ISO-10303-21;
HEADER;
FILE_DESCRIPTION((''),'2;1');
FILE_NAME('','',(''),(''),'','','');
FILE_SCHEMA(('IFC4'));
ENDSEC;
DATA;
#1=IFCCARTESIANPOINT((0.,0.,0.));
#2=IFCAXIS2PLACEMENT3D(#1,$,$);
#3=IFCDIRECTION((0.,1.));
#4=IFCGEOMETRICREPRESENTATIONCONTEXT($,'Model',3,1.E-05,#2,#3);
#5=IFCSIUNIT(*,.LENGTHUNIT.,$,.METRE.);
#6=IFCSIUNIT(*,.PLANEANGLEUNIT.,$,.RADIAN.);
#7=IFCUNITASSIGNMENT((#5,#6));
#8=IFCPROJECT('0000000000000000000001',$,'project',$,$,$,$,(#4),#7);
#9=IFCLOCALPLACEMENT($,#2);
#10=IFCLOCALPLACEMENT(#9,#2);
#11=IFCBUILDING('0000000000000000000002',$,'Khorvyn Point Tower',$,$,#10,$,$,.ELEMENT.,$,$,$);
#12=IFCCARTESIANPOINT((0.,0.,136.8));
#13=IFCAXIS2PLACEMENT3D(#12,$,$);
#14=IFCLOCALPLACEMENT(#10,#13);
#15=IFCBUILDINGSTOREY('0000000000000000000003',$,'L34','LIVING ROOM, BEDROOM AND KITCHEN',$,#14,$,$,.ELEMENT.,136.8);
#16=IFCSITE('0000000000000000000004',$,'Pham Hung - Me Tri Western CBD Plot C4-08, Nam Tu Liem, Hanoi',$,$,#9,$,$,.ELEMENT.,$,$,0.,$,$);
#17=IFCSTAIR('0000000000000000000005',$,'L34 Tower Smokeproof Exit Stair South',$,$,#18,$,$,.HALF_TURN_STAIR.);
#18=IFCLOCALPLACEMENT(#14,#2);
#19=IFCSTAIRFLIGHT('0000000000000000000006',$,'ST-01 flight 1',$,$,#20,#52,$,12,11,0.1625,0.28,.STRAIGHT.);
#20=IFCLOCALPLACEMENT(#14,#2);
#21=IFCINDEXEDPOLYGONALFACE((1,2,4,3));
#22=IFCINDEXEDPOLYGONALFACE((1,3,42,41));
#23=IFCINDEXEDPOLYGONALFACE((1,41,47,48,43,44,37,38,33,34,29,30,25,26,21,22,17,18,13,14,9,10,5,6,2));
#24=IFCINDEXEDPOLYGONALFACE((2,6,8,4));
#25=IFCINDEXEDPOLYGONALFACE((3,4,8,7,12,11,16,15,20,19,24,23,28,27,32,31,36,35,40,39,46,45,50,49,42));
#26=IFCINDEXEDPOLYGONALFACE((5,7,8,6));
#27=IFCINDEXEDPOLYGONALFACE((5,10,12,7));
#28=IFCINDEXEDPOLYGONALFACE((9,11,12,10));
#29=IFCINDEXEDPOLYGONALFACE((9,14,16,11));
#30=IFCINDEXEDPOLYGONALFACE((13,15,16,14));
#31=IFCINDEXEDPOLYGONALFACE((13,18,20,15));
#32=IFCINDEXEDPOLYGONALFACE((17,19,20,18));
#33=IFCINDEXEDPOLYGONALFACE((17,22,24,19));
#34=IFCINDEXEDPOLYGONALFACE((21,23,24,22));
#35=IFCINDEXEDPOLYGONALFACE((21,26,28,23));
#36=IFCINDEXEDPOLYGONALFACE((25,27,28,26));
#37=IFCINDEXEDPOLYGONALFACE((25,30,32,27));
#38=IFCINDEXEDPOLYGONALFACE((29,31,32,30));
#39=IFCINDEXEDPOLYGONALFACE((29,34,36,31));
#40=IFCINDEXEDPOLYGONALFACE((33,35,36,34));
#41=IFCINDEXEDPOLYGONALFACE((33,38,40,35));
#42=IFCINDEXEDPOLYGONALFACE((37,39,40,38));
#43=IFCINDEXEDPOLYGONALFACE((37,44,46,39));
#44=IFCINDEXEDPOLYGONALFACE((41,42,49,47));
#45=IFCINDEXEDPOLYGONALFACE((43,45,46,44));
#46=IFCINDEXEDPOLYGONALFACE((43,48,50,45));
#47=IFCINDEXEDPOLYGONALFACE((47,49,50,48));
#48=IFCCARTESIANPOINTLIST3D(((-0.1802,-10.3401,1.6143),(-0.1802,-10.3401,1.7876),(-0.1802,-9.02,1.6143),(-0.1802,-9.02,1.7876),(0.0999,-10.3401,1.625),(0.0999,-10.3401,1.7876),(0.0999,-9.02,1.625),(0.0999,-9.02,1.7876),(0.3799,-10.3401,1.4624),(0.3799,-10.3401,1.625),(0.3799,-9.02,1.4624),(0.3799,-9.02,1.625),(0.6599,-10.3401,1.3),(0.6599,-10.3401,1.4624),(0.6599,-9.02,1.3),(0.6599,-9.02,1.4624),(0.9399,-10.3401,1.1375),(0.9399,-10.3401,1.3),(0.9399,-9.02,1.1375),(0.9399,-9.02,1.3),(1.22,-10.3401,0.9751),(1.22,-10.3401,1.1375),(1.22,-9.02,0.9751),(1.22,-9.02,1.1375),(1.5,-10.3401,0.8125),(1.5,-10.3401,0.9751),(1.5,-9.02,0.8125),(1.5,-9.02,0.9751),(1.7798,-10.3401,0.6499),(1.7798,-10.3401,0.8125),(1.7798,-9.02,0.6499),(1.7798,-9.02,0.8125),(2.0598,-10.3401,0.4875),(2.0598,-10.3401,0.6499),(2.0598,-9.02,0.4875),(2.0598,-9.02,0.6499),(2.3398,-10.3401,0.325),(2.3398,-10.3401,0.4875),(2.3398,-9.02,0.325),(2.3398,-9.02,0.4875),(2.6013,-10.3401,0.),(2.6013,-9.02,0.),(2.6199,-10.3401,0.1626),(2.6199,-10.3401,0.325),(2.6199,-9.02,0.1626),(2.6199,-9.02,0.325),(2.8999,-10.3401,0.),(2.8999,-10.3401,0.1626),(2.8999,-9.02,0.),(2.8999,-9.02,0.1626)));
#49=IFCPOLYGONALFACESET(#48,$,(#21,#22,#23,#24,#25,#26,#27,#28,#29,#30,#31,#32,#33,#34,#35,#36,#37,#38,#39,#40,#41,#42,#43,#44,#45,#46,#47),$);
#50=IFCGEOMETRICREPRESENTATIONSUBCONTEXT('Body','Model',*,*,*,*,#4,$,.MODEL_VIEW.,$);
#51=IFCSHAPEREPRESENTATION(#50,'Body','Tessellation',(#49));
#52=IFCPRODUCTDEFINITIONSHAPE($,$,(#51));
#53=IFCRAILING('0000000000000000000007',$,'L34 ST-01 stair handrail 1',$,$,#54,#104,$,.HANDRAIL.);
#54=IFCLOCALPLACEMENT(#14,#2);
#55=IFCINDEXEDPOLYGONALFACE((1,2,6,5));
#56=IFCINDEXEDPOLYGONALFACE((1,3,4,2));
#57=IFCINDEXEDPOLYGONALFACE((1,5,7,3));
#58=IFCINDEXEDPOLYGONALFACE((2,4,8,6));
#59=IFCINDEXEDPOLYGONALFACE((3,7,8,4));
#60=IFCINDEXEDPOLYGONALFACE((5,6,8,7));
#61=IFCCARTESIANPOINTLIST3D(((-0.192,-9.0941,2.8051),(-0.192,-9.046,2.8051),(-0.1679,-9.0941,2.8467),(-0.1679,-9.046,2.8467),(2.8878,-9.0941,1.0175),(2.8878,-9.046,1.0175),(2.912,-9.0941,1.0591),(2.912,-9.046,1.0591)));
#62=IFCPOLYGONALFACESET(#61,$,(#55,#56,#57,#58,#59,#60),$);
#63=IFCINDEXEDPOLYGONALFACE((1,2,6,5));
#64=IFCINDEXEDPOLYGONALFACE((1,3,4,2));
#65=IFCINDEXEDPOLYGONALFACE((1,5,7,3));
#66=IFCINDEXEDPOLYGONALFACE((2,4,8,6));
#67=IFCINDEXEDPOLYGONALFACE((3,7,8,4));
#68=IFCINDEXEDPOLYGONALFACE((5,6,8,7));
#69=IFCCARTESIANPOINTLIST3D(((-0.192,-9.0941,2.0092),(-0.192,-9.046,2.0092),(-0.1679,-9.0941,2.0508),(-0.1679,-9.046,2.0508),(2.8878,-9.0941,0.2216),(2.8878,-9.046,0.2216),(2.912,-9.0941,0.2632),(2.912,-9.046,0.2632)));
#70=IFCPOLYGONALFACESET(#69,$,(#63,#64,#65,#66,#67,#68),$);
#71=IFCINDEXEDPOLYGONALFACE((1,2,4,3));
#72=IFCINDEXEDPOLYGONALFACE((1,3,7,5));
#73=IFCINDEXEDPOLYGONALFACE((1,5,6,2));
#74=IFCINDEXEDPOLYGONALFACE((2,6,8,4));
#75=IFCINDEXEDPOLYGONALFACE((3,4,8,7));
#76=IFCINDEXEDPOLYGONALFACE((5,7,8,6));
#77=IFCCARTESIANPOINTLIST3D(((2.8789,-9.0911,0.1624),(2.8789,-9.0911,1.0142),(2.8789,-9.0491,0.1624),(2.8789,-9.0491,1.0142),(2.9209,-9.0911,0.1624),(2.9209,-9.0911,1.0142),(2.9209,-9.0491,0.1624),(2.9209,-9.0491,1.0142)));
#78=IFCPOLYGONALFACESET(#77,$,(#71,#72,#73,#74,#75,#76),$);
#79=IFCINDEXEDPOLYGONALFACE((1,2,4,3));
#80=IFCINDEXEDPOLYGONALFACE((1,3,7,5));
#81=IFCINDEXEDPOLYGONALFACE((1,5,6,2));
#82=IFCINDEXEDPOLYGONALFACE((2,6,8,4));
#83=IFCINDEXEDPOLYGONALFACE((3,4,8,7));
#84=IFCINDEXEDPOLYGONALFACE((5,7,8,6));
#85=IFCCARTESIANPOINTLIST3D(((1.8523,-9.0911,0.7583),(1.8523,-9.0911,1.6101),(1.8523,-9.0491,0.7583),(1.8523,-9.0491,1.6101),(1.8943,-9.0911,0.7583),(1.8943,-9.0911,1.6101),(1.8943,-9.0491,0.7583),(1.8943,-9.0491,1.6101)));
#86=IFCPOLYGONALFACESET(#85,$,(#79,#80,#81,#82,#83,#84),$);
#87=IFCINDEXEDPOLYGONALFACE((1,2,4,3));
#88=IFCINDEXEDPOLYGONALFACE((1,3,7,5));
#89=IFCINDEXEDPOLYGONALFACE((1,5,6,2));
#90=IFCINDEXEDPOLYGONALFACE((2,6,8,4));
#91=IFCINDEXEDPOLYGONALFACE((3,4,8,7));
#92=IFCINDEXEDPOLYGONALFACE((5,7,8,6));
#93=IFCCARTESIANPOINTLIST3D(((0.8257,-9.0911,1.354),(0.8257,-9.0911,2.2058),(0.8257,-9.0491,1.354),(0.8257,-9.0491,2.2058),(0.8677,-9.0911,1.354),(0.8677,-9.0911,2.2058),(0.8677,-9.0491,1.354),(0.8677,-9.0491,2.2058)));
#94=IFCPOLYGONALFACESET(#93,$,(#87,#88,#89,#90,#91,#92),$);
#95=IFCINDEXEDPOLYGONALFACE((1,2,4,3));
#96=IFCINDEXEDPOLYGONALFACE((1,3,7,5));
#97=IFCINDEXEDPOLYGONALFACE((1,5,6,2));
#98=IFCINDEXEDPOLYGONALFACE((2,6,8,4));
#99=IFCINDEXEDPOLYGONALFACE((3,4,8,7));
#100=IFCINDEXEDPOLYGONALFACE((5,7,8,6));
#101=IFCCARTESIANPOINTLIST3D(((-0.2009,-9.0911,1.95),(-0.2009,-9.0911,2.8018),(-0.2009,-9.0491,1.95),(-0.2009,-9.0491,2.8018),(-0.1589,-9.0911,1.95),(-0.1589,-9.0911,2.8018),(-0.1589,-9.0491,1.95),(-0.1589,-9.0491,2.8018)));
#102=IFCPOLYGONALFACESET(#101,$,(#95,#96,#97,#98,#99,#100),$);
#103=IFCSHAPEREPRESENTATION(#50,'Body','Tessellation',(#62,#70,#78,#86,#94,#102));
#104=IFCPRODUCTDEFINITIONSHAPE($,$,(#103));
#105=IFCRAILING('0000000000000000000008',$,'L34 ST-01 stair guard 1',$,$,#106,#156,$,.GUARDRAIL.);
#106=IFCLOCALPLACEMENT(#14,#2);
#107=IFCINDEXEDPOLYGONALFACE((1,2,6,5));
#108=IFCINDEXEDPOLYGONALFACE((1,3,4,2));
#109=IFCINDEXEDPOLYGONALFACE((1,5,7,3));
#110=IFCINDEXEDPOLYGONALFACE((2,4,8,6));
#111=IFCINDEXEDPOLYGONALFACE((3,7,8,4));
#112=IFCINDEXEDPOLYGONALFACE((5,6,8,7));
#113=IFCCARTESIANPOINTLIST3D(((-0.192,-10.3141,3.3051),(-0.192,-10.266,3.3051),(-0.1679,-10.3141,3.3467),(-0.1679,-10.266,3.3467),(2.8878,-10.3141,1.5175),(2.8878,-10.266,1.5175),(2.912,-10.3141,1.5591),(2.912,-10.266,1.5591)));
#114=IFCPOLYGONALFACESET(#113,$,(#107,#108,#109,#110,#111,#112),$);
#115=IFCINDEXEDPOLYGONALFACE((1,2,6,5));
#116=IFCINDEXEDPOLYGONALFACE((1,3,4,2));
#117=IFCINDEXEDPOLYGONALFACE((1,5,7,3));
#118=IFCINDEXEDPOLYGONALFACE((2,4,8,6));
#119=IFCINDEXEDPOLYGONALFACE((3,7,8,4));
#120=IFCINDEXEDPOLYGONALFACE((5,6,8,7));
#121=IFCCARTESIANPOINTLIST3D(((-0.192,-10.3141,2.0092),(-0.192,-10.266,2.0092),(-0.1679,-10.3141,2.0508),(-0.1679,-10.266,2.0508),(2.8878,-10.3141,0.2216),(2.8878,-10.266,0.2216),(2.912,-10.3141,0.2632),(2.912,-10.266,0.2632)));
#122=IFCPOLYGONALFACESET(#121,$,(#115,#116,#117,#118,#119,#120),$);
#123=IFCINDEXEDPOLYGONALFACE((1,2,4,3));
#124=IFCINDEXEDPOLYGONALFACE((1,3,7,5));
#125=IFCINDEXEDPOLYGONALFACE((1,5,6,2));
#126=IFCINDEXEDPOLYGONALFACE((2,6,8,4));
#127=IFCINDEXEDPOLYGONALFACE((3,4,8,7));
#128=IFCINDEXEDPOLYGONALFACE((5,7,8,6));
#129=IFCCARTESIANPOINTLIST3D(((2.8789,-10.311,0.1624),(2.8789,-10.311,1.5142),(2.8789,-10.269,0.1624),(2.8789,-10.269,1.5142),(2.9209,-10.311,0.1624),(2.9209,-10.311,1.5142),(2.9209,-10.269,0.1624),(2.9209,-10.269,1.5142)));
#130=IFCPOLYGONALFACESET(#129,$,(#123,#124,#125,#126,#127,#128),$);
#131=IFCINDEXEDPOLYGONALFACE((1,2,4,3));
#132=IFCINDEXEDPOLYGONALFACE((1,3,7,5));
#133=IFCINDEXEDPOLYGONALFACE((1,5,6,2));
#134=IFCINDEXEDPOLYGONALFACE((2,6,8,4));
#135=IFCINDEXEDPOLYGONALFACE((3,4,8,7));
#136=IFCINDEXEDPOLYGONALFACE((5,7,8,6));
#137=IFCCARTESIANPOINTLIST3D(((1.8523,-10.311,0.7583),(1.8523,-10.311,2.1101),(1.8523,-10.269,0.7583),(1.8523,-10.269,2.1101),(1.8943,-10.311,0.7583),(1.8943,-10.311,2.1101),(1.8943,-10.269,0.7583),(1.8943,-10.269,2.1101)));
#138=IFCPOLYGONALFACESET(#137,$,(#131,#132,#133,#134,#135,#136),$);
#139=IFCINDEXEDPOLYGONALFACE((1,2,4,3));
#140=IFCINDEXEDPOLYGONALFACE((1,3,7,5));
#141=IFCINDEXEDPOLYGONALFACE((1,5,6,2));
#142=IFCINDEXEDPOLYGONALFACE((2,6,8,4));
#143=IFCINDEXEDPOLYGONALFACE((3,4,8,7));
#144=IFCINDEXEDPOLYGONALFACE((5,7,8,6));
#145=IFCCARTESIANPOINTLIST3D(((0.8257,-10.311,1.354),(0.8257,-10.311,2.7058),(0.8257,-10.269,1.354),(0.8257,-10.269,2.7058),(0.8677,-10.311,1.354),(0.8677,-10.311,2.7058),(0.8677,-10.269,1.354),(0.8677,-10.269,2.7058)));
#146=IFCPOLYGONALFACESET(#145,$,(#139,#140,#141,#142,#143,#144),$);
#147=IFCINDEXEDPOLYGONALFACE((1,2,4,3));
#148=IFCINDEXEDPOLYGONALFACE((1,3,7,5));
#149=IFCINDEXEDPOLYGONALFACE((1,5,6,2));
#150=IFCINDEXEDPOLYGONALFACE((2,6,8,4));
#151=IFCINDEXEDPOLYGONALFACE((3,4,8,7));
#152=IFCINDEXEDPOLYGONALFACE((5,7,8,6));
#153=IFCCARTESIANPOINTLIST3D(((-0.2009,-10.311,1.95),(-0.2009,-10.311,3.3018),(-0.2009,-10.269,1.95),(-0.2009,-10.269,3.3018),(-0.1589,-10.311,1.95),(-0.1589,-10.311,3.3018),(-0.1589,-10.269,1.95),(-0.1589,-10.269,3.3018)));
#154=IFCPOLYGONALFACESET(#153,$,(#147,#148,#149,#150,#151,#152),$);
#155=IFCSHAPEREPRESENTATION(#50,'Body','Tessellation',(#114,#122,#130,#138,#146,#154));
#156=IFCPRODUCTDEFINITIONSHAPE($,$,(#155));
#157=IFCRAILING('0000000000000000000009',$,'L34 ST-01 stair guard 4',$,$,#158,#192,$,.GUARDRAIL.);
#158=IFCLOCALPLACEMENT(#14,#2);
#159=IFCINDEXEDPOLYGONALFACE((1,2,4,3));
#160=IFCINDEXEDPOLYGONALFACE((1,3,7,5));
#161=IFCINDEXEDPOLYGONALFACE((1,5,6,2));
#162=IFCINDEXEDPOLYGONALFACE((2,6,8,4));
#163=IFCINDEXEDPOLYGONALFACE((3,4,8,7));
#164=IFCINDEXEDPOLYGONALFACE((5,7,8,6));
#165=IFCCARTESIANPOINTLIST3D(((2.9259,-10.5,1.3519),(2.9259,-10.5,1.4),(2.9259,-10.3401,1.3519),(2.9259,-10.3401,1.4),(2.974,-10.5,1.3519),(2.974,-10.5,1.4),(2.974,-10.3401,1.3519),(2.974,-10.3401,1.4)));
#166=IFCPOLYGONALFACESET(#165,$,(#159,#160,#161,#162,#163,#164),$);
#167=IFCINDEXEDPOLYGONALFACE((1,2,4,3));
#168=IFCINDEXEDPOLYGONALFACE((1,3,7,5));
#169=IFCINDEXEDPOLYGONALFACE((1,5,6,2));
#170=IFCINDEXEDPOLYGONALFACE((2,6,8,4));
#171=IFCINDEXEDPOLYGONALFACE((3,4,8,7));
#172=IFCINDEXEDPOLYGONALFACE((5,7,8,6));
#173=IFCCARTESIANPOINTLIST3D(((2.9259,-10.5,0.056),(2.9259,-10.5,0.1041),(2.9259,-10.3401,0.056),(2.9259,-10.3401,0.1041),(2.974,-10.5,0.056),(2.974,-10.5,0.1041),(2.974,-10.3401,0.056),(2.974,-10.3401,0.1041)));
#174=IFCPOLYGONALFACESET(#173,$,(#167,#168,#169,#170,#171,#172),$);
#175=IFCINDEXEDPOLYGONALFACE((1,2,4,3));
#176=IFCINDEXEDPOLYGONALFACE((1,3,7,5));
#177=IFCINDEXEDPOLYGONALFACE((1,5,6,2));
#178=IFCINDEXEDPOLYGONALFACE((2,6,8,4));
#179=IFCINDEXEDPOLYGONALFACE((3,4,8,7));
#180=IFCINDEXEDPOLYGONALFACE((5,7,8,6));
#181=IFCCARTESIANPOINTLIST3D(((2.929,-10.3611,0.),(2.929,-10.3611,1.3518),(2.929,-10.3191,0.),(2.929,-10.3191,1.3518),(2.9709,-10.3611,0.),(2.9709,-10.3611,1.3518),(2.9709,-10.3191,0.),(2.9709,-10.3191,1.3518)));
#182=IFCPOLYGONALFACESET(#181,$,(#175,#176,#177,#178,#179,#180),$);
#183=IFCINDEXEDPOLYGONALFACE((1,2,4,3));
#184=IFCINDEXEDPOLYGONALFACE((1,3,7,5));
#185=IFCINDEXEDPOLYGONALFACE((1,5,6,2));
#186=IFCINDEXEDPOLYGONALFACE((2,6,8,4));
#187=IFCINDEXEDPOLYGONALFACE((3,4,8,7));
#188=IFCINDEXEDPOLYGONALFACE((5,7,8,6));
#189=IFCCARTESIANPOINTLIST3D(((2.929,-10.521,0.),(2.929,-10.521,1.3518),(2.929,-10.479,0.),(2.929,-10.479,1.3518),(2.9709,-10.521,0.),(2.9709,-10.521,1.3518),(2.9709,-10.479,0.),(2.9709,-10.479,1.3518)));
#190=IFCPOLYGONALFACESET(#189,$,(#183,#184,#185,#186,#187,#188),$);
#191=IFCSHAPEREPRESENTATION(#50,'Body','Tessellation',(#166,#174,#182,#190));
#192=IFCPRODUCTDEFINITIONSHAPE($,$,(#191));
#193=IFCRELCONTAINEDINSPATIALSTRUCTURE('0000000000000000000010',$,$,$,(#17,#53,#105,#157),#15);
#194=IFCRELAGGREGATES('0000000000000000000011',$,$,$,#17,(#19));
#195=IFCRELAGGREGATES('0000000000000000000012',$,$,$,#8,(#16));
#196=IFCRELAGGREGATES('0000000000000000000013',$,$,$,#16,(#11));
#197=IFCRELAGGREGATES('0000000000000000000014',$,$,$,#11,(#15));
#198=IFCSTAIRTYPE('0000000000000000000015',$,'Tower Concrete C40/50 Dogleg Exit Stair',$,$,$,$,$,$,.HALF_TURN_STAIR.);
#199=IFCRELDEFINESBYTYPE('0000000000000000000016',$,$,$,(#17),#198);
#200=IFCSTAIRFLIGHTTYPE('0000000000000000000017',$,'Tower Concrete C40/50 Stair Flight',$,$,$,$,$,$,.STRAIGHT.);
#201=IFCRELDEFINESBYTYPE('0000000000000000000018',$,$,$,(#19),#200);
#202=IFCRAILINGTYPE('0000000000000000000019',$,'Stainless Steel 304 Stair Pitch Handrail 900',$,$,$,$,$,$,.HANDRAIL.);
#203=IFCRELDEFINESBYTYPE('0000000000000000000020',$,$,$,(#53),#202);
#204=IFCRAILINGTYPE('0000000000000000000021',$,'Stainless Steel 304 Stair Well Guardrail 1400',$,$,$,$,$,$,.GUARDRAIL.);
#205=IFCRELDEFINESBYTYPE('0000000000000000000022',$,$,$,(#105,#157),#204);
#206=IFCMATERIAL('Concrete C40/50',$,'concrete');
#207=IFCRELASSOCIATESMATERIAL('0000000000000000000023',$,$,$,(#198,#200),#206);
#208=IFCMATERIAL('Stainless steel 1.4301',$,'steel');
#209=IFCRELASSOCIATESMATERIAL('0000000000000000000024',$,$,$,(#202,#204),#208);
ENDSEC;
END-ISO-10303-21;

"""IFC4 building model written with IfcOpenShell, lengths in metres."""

from ifc_helpers import new_model, si_unit, direction, frame, origin, origin_2d, place, context, subcontext, project, spatial, polyline, rectangle, outline, extrude, material, type_object, element, aggregate, save


model = new_model("IFC4")

# Units and contexts
model_context = context("Model", 3, precision=1e-05, world=origin(), true_north=direction((0.0, 1.0)))
body_context = subcontext(model_context, "Body", "Model", "MODEL_VIEW")
ifc_project = project(units=[si_unit("LENGTHUNIT", "METRE"), si_unit("PLANEANGLEUNIT", "RADIAN")], contexts=[model_context])

# Site, building, storey
site_placement = place(None, origin())
site = spatial("IfcSite", under=ifc_project, at=site_placement, Name="Pham Hung - Me Tri Western CBD Plot C4-08, Nam Tu Liem, Hanoi", CompositionType="ELEMENT", RefElevation=0.0)
building_placement = place(site_placement, origin())
building = spatial("IfcBuilding", under=site, at=building_placement, Name="Khorvyn Point Tower", CompositionType="ELEMENT")
storey_placement = place(building_placement, frame((0.0, 0.0, 136.8)))
storey = spatial("IfcBuildingStorey", under=building, at=storey_placement, Name="L34", Description="LIVING ROOM, BEDROOM AND KITCHEN", CompositionType="ELEMENT", Elevation=136.8)

# Shared definitions
ifc_material_1 = material(Name="Concrete C40/50", Category="concrete")

# Stair, stair flight
stair_type = type_object("IfcStairType", Name="Tower Concrete C40/50 Dogleg Exit Stair", PredefinedType="HALF_TURN_STAIR", material=ifc_material_1)
stair_placement = place(storey_placement, origin())
stair = element("IfcStair", 1, at=stair_placement, inside=storey, type_object=stair_type, Name="L34 Tower Smokeproof Exit Stair South", PredefinedType="HALF_TURN_STAIR")
stair_flight_type = type_object("IfcStairFlightType", Name="Tower Concrete C40/50 Stair Flight", PredefinedType="STRAIGHT", material=ifc_material_1)
stair_flight_placement = place(storey_placement, frame((2.8999, -9.6799, 0.0), z_axis=(0.0, 0.0, 1.0), x_axis=(-1.0, 0.0, 0.0)))
stair_flight = element("IfcStairFlight", 2, at=stair_flight_placement, type_object=stair_flight_type, Name="ST-01 flight 1", NumberOfRisers=12, NumberOfTreads=11, PredefinedType="STRAIGHT", RiserHeight=0.1625, TreadLength=0.28, context=body_context, shape_type="SweptSolid", body=[
    extrude(outline(polyline([(0.0, 0.0), (0.0, 0.1626), (0.28, 0.1626), (0.28, 0.325), (0.5601, 0.325), (0.5601, 0.4875), (0.8401, 0.4875), (0.8401, 0.6499), (1.1201, 0.6499), (1.1201, 0.8125), (1.3999, 0.8125), (1.3999, 0.9751), (1.6799, 0.9751), (1.6799, 1.1375), (1.96, 1.1375), (1.96, 1.3), (2.24, 1.3), (2.24, 1.4624), (2.52, 1.4624), (2.52, 1.625), (2.8, 1.625), (2.8, 1.7876), (3.0801, 1.7876), (3.0801, 1.95), (3.0801, 1.6143), (0.2986, 0.0), (0.0, 0.0)])), frame((0.0, 0.6602, 0.0), z_axis=(0.0, -1.0, 0.0), x_axis=(1.0, 0.0, 0.0)), (0.0, 0.0, 1.0), 1.3201),
])
aggregate(stair, [stair_flight])

# Railings
ifc_material_2 = material(Name="Stainless steel 1.4301", Category="steel")
railing_type_1 = type_object("IfcRailingType", Name="Stainless Steel 304 Stair Pitch Handrail 900", PredefinedType="HANDRAIL", material=ifc_material_2)
railing_1_placement = place(storey_placement, frame((2.8999, -9.0701, 0.1624)))
element("IfcRailing", 3, at=railing_1_placement, inside=storey, type_object=railing_type_1, Name="L34 ST-01 stair handrail 1", PredefinedType="HANDRAIL", context=body_context, shape_type="SweptSolid", body=[
    extrude(rectangle(XDim=0.0481, YDim=0.0481, at=origin_2d()), frame((0.0, 0.0, 0.876), z_axis=(-0.864873, 0.0, 0.50199), x_axis=(0.0, -1.0, 0.0)), (0.0, 0.0, 1.0), 3.561),
    extrude(rectangle(XDim=0.0481, YDim=0.0481, at=origin_2d()), frame((0.0, 0.0, 0.0801), z_axis=(-0.864873, 0.0, 0.50199), x_axis=(0.0, -1.0, 0.0)), (0.0, 0.0, 1.0), 3.561),
    extrude(rectangle(XDim=0.042, YDim=0.042, at=origin_2d()), origin(), (0.0, 0.0, 1.0), 0.8518),
    extrude(rectangle(XDim=0.042, YDim=0.042, at=origin_2d()), frame((-1.0266, 0.0, 0.5959)), (0.0, 0.0, 1.0), 0.8518),
    extrude(rectangle(XDim=0.042, YDim=0.042, at=origin_2d()), frame((-2.0532, 0.0, 1.1917)), (0.0, 0.0, 1.0), 0.8518),
    extrude(rectangle(XDim=0.042, YDim=0.042, at=origin_2d()), frame((-3.0798, 0.0, 1.7876)), (0.0, 0.0, 1.0), 0.8518),
])
railing_type_2 = type_object("IfcRailingType", Name="Stainless Steel 304 Stair Well Guardrail 1400", PredefinedType="GUARDRAIL", material=ifc_material_2)
railing_2_placement = place(storey_placement, frame((2.8999, -10.29, 0.1624)))
element("IfcRailing", 4, at=railing_2_placement, inside=storey, type_object=railing_type_2, Name="L34 ST-01 stair guard 1", PredefinedType="GUARDRAIL", context=body_context, shape_type="SweptSolid", body=[
    extrude(rectangle(XDim=0.0481, YDim=0.0481, at=origin_2d()), frame((0.0, 0.0, 1.376), z_axis=(-0.864873, 0.0, 0.50199), x_axis=(0.0, -1.0, 0.0)), (0.0, 0.0, 1.0), 3.561),
    extrude(rectangle(XDim=0.0481, YDim=0.0481, at=origin_2d()), frame((0.0, 0.0, 0.0801), z_axis=(-0.864873, 0.0, 0.50199), x_axis=(0.0, -1.0, 0.0)), (0.0, 0.0, 1.0), 3.561),
    extrude(rectangle(XDim=0.042, YDim=0.042, at=origin_2d()), origin(), (0.0, 0.0, 1.0), 1.3518),
    extrude(rectangle(XDim=0.042, YDim=0.042, at=origin_2d()), frame((-1.0266, 0.0, 0.5959)), (0.0, 0.0, 1.0), 1.3518),
    extrude(rectangle(XDim=0.042, YDim=0.042, at=origin_2d()), frame((-2.0532, 0.0, 1.1917)), (0.0, 0.0, 1.0), 1.3518),
    extrude(rectangle(XDim=0.042, YDim=0.042, at=origin_2d()), frame((-3.0798, 0.0, 1.7876)), (0.0, 0.0, 1.0), 1.3518),
])
railing_3_placement = place(storey_placement, frame((2.95, -10.3401, 0.0)))
element("IfcRailing", 5, at=railing_3_placement, inside=storey, type_object=railing_type_2, Name="L34 ST-01 stair guard 4", PredefinedType="GUARDRAIL", context=body_context, shape_type="SweptSolid", body=[
    extrude(rectangle(XDim=0.0481, YDim=0.0481, at=origin_2d()), frame((0.0, 0.0, 1.376), z_axis=(0.0, -1.0, 0.0), x_axis=(1.0, 0.0, 0.0)), (0.0, 0.0, 1.0), 0.1599),
    extrude(rectangle(XDim=0.0481, YDim=0.0481, at=origin_2d()), frame((0.0, 0.0, 0.0801), z_axis=(0.0, -1.0, 0.0), x_axis=(1.0, 0.0, 0.0)), (0.0, 0.0, 1.0), 0.1599),
    extrude(rectangle(XDim=0.042, YDim=0.042, at=origin_2d()), origin(), (0.0, 0.0, 1.0), 1.3518),
    extrude(rectangle(XDim=0.042, YDim=0.042, at=origin_2d()), frame((0.0, -0.1599, 0.0)), (0.0, 0.0, 1.0), 1.3518),
])

save(model, "model.ifc")
